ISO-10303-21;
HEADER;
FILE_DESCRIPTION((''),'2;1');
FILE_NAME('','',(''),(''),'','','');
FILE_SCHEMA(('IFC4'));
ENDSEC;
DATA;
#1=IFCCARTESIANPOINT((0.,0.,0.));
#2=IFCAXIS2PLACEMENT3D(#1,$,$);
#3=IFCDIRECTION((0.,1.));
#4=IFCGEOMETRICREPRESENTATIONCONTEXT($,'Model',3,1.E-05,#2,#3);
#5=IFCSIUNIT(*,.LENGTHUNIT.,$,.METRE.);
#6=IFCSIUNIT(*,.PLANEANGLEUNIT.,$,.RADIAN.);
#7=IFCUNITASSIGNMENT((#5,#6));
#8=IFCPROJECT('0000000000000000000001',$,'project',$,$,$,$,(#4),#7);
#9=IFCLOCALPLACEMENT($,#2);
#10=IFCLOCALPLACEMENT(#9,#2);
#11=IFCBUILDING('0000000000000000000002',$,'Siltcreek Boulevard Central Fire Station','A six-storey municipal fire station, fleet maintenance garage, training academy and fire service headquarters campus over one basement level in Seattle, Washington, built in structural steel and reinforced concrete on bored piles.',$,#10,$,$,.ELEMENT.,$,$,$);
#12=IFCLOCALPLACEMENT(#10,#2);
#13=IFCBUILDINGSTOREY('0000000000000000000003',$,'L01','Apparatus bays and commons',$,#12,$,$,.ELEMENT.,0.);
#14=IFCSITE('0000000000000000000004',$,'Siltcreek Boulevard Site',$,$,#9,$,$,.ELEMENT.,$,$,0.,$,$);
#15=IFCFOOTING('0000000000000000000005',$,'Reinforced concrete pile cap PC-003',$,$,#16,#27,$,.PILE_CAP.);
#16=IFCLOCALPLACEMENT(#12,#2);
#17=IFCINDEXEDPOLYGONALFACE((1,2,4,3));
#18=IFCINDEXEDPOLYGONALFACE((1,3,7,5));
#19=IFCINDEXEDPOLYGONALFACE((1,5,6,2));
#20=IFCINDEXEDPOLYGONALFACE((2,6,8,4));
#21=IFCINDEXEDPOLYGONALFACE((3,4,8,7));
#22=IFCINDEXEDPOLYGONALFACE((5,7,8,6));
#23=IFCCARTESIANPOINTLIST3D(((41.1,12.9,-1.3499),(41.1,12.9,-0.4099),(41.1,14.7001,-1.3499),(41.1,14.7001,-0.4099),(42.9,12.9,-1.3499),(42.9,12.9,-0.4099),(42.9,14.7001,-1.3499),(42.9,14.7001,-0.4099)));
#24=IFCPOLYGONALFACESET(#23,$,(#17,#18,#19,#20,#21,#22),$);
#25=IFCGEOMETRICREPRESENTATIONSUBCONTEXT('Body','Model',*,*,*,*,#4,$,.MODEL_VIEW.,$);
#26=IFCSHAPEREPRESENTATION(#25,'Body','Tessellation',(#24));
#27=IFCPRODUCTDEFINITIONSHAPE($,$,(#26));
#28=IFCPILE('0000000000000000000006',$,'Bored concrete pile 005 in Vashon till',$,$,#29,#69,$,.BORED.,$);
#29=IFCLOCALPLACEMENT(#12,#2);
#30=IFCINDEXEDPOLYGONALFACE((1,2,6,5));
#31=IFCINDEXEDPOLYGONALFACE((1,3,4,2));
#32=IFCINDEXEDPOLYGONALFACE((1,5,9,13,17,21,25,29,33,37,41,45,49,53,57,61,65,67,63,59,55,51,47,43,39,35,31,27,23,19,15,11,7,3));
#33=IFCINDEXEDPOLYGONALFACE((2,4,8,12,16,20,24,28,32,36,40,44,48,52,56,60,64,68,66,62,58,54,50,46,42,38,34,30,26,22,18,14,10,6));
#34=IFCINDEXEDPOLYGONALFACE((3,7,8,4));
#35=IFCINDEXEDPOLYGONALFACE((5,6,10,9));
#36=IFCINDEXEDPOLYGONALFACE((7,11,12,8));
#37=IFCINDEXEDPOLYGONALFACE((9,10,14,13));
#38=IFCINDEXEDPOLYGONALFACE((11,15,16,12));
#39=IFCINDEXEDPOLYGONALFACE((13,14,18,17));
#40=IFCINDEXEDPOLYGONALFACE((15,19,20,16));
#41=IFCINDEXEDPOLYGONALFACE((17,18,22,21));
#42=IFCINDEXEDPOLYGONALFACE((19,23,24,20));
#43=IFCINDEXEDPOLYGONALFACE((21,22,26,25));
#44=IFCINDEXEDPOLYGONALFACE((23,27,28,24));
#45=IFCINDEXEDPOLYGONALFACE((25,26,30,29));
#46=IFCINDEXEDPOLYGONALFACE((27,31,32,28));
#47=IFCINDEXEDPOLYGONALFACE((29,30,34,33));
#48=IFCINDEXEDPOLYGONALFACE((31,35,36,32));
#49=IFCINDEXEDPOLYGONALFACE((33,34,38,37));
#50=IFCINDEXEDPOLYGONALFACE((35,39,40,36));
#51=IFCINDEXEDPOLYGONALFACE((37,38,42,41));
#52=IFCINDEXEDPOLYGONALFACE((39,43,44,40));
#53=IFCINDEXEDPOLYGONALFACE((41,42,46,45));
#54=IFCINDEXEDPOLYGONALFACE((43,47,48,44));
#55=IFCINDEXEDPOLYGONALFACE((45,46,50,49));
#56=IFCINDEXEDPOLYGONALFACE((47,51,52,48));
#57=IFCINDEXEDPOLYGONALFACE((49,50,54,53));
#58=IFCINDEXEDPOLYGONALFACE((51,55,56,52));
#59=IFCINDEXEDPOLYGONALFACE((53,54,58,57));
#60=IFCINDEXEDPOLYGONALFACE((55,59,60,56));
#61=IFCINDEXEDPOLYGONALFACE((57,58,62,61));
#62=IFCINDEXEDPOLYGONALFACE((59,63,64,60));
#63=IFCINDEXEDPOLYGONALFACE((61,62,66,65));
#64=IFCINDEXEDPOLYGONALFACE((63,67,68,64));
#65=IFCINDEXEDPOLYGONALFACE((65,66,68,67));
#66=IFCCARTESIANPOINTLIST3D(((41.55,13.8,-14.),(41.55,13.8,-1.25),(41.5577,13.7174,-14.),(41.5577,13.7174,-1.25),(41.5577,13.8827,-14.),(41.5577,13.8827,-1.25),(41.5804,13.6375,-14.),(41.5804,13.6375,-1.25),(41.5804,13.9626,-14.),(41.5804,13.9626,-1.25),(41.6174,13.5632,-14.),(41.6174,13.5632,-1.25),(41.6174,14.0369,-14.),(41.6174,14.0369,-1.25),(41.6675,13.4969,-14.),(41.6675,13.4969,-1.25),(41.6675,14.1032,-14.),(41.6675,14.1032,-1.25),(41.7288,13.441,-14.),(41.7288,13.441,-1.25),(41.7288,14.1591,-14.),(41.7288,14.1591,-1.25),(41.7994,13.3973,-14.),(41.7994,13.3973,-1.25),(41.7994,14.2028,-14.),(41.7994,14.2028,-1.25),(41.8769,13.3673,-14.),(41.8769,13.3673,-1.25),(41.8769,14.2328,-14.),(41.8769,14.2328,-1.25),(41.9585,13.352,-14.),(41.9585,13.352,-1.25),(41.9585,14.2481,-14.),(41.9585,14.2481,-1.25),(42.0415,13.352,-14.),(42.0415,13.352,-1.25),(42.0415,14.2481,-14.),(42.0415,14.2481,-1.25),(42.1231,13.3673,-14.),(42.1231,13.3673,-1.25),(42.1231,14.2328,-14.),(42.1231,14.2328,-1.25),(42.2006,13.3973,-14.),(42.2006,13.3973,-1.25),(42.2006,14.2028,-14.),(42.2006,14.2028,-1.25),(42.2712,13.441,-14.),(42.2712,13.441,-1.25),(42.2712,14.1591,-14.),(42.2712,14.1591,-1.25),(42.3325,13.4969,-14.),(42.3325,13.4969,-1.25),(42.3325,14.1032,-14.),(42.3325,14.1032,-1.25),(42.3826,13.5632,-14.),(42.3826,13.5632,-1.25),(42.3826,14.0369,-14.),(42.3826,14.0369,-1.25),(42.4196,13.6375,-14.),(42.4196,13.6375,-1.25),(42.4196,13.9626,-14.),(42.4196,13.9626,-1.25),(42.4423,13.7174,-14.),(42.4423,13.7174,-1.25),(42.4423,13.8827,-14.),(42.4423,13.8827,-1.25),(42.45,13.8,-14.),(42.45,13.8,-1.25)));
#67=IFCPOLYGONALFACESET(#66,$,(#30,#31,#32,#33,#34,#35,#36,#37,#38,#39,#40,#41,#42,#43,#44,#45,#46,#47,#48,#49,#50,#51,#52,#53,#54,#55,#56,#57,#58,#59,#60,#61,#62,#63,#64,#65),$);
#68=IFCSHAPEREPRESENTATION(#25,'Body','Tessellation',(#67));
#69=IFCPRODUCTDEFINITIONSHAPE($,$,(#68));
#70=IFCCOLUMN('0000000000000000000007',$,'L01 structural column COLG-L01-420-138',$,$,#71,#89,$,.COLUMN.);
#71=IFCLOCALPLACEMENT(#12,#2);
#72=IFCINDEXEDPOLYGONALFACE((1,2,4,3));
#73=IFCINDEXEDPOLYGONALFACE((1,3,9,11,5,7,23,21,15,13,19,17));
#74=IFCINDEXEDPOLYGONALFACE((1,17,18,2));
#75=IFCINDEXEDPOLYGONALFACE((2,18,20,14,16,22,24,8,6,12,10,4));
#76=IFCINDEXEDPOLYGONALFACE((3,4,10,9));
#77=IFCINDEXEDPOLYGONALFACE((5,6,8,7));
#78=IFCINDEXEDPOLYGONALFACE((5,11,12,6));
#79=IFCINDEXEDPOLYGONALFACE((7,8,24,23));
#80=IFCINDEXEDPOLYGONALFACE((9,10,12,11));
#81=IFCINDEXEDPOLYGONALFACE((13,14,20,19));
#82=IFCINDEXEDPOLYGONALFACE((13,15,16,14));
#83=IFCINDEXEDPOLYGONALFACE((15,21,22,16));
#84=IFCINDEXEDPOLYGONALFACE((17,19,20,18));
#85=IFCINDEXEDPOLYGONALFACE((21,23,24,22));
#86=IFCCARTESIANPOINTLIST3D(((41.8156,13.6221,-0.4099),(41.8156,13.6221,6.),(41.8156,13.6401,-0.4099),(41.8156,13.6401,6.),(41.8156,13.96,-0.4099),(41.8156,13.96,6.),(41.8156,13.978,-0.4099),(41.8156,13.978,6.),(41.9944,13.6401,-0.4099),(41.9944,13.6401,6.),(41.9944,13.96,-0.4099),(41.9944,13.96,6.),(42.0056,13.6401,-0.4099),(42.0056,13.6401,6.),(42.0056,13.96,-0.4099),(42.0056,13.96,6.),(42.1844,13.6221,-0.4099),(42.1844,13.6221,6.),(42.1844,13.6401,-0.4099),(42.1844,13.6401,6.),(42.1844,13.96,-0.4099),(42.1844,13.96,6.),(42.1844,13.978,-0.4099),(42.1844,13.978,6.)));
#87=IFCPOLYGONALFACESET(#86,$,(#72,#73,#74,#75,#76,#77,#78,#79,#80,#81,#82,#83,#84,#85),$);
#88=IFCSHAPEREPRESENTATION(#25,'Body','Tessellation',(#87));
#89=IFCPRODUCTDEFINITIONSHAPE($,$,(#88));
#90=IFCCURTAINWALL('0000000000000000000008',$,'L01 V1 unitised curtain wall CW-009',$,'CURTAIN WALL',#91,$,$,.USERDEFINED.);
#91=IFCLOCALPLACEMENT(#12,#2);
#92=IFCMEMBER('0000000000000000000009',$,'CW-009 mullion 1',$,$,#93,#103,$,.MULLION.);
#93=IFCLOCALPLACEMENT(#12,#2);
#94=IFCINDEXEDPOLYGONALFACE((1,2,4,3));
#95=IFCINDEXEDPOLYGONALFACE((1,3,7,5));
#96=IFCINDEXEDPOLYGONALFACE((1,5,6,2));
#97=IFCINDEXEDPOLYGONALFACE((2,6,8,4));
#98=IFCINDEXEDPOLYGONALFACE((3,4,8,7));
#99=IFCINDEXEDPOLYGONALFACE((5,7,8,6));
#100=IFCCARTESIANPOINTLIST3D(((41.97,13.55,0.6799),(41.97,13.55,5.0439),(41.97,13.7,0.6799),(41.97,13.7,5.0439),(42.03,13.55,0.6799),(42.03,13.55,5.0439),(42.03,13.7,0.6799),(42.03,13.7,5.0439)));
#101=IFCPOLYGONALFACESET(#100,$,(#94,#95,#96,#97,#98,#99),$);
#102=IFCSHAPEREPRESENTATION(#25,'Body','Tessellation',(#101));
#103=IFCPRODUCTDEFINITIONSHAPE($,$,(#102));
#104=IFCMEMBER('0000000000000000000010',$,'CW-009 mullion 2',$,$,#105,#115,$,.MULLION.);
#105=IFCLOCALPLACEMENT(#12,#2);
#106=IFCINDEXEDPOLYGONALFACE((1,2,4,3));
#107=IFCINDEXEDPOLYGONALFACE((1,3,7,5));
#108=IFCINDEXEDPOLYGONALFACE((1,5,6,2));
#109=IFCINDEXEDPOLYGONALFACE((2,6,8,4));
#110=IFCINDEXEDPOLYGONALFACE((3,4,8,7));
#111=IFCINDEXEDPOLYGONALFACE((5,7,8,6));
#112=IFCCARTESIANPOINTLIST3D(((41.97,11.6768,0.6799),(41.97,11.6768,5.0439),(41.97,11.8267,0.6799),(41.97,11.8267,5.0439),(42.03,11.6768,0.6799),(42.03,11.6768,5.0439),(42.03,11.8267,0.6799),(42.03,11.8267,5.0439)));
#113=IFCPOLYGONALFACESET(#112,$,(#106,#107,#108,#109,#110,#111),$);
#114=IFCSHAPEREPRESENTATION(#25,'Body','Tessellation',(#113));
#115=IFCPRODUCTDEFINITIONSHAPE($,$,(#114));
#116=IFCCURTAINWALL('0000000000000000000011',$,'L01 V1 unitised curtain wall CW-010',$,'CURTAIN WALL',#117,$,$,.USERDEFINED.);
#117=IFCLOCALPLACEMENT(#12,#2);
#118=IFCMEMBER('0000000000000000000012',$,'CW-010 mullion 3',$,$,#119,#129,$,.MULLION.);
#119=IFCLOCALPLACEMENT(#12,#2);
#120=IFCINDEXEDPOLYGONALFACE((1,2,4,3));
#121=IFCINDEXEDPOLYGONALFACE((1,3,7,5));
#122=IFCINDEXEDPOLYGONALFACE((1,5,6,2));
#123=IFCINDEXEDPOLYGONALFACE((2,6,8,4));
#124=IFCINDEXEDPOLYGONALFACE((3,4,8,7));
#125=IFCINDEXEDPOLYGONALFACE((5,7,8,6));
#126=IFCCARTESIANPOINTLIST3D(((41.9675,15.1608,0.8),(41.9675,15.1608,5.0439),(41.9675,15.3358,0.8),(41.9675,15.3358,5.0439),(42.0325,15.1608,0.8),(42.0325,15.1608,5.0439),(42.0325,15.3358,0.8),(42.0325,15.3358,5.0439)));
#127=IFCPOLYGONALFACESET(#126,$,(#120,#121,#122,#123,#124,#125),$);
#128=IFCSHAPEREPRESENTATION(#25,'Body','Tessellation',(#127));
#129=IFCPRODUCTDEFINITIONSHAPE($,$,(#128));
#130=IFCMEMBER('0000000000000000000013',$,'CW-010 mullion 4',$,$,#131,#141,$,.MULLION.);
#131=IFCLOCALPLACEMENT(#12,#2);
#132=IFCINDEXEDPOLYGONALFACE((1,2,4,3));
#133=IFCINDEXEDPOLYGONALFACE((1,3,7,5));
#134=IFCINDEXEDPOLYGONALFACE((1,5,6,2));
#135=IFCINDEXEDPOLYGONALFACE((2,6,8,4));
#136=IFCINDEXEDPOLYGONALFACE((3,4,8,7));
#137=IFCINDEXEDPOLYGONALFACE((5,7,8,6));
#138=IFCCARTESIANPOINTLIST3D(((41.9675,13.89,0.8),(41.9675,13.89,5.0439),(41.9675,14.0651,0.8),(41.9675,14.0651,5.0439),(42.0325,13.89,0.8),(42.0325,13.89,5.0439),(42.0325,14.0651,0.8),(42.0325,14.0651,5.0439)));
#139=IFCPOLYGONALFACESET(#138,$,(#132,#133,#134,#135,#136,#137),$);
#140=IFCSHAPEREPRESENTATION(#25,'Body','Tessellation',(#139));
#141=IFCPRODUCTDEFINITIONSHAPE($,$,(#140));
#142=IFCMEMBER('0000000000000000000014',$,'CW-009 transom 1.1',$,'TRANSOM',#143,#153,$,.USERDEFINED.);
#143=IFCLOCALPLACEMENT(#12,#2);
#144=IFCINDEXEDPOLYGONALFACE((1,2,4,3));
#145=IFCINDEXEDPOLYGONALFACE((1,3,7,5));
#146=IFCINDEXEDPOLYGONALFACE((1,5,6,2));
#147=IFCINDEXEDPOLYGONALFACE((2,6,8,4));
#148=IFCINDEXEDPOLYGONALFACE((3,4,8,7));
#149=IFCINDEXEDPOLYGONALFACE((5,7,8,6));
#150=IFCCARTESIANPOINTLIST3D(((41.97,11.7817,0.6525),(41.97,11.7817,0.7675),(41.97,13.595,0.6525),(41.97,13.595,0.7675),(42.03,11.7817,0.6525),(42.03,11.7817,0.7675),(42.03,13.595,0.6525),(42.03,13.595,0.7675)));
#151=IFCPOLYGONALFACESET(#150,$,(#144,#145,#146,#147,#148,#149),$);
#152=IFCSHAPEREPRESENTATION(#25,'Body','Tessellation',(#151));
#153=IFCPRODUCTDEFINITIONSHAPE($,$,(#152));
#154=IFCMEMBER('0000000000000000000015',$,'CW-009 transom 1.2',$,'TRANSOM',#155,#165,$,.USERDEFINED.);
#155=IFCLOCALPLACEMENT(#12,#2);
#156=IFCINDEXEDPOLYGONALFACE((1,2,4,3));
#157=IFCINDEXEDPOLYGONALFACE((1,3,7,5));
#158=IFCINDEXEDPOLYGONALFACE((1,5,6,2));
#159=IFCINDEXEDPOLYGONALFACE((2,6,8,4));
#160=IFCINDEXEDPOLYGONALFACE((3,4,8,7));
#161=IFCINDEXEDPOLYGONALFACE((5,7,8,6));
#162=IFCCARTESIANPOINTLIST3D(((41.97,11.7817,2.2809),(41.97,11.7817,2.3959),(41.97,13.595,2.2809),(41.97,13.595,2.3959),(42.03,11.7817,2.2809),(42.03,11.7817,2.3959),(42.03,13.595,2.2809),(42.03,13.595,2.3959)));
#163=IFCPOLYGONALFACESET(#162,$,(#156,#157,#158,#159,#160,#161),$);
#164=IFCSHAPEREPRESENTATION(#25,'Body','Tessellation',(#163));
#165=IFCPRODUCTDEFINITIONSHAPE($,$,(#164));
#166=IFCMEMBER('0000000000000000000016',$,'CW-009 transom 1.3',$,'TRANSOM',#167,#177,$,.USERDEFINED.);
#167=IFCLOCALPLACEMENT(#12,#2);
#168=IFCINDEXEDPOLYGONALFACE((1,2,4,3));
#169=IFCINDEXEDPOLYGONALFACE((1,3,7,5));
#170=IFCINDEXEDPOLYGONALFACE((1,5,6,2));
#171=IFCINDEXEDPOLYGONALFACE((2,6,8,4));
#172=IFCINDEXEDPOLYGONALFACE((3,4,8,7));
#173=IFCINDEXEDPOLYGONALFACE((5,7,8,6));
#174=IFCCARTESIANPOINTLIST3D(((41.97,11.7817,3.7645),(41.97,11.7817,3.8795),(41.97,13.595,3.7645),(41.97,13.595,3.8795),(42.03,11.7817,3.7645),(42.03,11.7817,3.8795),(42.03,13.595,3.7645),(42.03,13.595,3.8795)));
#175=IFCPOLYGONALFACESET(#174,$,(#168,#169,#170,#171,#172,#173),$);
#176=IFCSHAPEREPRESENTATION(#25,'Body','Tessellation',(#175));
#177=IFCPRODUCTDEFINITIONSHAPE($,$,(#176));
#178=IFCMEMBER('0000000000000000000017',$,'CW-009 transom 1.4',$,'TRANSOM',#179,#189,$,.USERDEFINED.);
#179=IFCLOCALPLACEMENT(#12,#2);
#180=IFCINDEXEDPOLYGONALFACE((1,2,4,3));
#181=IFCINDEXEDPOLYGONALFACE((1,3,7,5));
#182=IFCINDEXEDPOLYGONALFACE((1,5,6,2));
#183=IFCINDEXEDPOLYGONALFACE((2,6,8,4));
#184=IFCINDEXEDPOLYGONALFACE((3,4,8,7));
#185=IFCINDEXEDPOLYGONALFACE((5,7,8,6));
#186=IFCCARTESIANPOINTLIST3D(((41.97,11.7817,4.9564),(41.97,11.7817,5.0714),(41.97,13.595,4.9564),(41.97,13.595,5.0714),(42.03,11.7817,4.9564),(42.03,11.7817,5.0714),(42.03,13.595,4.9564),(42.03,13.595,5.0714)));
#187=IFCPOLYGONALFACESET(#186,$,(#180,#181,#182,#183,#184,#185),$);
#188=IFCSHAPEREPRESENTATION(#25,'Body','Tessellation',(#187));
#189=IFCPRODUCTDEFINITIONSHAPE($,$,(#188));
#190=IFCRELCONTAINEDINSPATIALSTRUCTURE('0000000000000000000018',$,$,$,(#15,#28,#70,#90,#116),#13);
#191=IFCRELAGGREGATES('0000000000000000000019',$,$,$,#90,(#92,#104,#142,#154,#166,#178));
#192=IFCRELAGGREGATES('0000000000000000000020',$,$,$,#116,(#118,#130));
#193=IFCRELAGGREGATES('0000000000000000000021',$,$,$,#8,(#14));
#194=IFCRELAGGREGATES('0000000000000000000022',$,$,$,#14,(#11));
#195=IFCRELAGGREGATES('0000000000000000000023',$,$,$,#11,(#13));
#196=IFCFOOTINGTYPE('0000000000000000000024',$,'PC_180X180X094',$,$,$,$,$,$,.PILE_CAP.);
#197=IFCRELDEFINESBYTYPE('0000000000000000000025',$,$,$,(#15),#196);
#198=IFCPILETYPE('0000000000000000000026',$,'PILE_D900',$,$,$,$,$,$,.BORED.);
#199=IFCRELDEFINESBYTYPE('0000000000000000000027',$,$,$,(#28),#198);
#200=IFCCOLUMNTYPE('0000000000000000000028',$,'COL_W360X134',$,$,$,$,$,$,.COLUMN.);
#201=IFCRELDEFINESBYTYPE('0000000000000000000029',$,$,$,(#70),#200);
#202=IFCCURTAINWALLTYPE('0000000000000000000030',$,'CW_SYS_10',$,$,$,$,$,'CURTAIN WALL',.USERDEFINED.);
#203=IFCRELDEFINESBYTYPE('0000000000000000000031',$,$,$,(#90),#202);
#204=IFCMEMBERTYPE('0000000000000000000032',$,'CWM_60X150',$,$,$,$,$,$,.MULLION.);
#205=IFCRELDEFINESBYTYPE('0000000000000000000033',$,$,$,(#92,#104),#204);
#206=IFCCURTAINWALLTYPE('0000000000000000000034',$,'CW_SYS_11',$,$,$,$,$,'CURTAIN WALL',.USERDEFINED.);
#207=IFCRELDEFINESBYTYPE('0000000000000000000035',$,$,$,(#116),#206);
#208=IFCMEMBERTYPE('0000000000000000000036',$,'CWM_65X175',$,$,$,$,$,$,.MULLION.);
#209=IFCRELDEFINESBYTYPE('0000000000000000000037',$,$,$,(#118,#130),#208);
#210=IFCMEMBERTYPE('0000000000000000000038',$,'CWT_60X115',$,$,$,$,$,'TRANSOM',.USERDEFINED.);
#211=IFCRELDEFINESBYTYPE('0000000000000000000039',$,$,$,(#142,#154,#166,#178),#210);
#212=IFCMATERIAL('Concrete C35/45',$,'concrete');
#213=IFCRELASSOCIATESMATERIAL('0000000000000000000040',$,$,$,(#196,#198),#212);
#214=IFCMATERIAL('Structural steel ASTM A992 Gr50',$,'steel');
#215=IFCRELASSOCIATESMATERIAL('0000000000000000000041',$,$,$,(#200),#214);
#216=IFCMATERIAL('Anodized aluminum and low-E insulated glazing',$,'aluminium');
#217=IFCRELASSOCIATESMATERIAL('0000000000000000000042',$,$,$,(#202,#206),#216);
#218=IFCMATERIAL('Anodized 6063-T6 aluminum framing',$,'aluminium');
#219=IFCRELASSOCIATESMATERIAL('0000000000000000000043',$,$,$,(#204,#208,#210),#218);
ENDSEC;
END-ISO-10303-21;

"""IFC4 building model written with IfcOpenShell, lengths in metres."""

from ifc_helpers import new_model, si_unit, direction, frame, origin, origin_2d, place, context, subcontext, project, spatial, rectangle, circle, i_section, extrude, material, material_profile, profile_set, type_object, element, aggregate, save


model = new_model("IFC4")

# Units and contexts
model_context = context("Model", 3, precision=1e-05, world=origin(), true_north=direction((0.0, 1.0)))
body_context = subcontext(model_context, "Body", "Model", "MODEL_VIEW")
ifc_project = project(units=[si_unit("LENGTHUNIT", "METRE"), si_unit("PLANEANGLEUNIT", "RADIAN")], contexts=[model_context])

# Site, building, storey
site_placement = place(None, origin())
site = spatial("IfcSite", under=ifc_project, at=site_placement, Name="Siltcreek Boulevard Site", CompositionType="ELEMENT", RefElevation=0.0)
building_placement = place(site_placement, origin())
building = spatial("IfcBuilding", under=site, at=building_placement, Name="Siltcreek Boulevard Central Fire Station", Description="A six-storey municipal fire station, fleet maintenance garage, training academy and fire service headquarters campus over one basement level in Seattle, Washington, built in structural steel and reinforced concrete on bored piles.", CompositionType="ELEMENT")
storey_placement = place(building_placement, origin())
storey = spatial("IfcBuildingStorey", under=building, at=storey_placement, Name="L01", Description="Apparatus bays and commons", CompositionType="ELEMENT", Elevation=0.0)

# Footing
ifc_material_1 = material(Name="Concrete C35/45", Category="concrete")
footing_type = type_object("IfcFootingType", Name="PC_180X180X094", PredefinedType="PILE_CAP", material=ifc_material_1)
footing_placement = place(storey_placement, frame((42.0, 13.8, -1.3499), z_axis=(0.0, 0.0, 1.0), x_axis=(1.0, 0.0, 0.0)))
element("IfcFooting", 1, at=footing_placement, inside=storey, type_object=footing_type, Name="Reinforced concrete pile cap PC-003", PredefinedType="PILE_CAP", context=body_context, shape_type="SweptSolid", body=[
    extrude(rectangle(XDim=1.8, YDim=1.8, at=origin_2d()), origin(), (0.0, 0.0, 1.0), 0.9399),
])

# Pile
ifc_material_profile_1 = material_profile(ifc_material_1, circle(Radius=0.45, at=origin_2d()), Name="SHAFT900")
ifc_profile_set_1 = profile_set([ifc_material_profile_1], Name="Concrete C35/45")
pile_type = type_object("IfcPileType", Name="PILE_D900", PredefinedType="BORED", material=ifc_profile_set_1)
pile_placement = place(storey_placement, frame((42.0, 13.8, -1.25), z_axis=(0.0, 0.0, -1.0), x_axis=(1.0, 0.0, 0.0)))
element("IfcPile", 2, at=pile_placement, inside=storey, type_object=pile_type, Name="Bored concrete pile 005 in Vashon till", PredefinedType="BORED", context=body_context, shape_type="SweptSolid", body=[
    extrude(circle(Radius=0.45, at=origin_2d()), origin(), (0.0, 0.0, 1.0), 12.75),
])

# Column
ifc_material_2 = material(Name="Structural steel ASTM A992 Gr50", Category="steel")
ifc_material_profile_2 = material_profile(ifc_material_2, i_section(OverallWidth=0.3689, OverallDepth=0.356, WebThickness=0.0112, FlangeThickness=0.0181, at=origin_2d()), Name="W360X134")
ifc_profile_set_2 = profile_set([ifc_material_profile_2], Name="Structural steel ASTM A992 Gr50")
column_type = type_object("IfcColumnType", Name="COL_W360X134", PredefinedType="COLUMN", material=ifc_profile_set_2)
column_placement = place(storey_placement, frame((42.0, 13.8, -0.4099), z_axis=(0.0, 0.0, 1.0), x_axis=(1.0, 0.0, 0.0)))
element("IfcColumn", 3, at=column_placement, inside=storey, type_object=column_type, Name="L01 structural column COLG-L01-420-138", PredefinedType="COLUMN", context=body_context, shape_type="SweptSolid", body=[
    extrude(i_section(OverallWidth=0.3689, OverallDepth=0.356, WebThickness=0.0112, FlangeThickness=0.0181, at=origin_2d()), origin(), (0.0, 0.0, 1.0), 6.4099),
])

# Curtain walls, members
ifc_material_3 = material(Name="Anodized aluminum and low-E insulated glazing", Category="aluminium")
curtain_wall_type_1 = type_object("IfcCurtainWallType", Name="CW_SYS_10", ElementType="CURTAIN WALL", PredefinedType="USERDEFINED", material=ifc_material_3)
curtain_wall_1_placement = place(storey_placement, origin())
curtain_wall_1 = element("IfcCurtainWall", 4, at=curtain_wall_1_placement, inside=storey, type_object=curtain_wall_type_1, Name="L01 V1 unitised curtain wall CW-009", ObjectType="CURTAIN WALL", PredefinedType="USERDEFINED")
ifc_material_4 = material(Name="Anodized 6063-T6 aluminum framing", Category="aluminium")
ifc_material_profile_3 = material_profile(ifc_material_4, rectangle(XDim=0.0601, YDim=0.1499, at=origin_2d()), Name="MULL60X150")
ifc_profile_set_3 = profile_set([ifc_material_profile_3], Name="Anodized 6063-T6 aluminum framing")
member_type_1 = type_object("IfcMemberType", Name="CWM_60X150", PredefinedType="MULLION", material=ifc_profile_set_3)
member_1_placement = place(storey_placement, frame((42.0, 13.625, 0.6799), z_axis=(0.0, 0.0, 1.0), x_axis=(1.0, 0.0, 0.0)))
member_1 = element("IfcMember", 5, at=member_1_placement, type_object=member_type_1, Name="CW-009 mullion 1", PredefinedType="MULLION", context=body_context, shape_type="SweptSolid", body=[
    extrude(rectangle(XDim=0.0601, YDim=0.1499, at=origin_2d()), origin(), (0.0, 0.0, 1.0), 4.364),
])
member_2_placement = place(storey_placement, frame((42.0, 11.7517, 0.6799), z_axis=(0.0, 0.0, 1.0), x_axis=(1.0, 0.0, 0.0)))
member_2 = element("IfcMember", 6, at=member_2_placement, type_object=member_type_1, Name="CW-009 mullion 2", PredefinedType="MULLION", context=body_context, shape_type="SweptSolid", body=[
    extrude(rectangle(XDim=0.0601, YDim=0.1499, at=origin_2d()), origin(), (0.0, 0.0, 1.0), 4.364),
])
curtain_wall_type_2 = type_object("IfcCurtainWallType", Name="CW_SYS_11", ElementType="CURTAIN WALL", PredefinedType="USERDEFINED", material=ifc_material_3)
curtain_wall_2_placement = place(storey_placement, origin())
curtain_wall_2 = element("IfcCurtainWall", 7, at=curtain_wall_2_placement, inside=storey, type_object=curtain_wall_type_2, Name="L01 V1 unitised curtain wall CW-010", ObjectType="CURTAIN WALL", PredefinedType="USERDEFINED")
ifc_material_profile_4 = material_profile(ifc_material_4, rectangle(XDim=0.0649, YDim=0.175, at=origin_2d()), Name="MULL65X175")
ifc_profile_set_4 = profile_set([ifc_material_profile_4], Name="Anodized 6063-T6 aluminum framing")
member_type_2 = type_object("IfcMemberType", Name="CWM_65X175", PredefinedType="MULLION", material=ifc_profile_set_4)
member_3_placement = place(storey_placement, frame((42.0, 15.2483, 0.8), z_axis=(0.0, 0.0, 1.0), x_axis=(1.0, 0.0, 0.0)))
member_3 = element("IfcMember", 8, at=member_3_placement, type_object=member_type_2, Name="CW-010 mullion 3", PredefinedType="MULLION", context=body_context, shape_type="SweptSolid", body=[
    extrude(rectangle(XDim=0.0649, YDim=0.175, at=origin_2d()), origin(), (0.0, 0.0, 1.0), 4.2439),
])
member_4_placement = place(storey_placement, frame((42.0, 13.9775, 0.8), z_axis=(0.0, 0.0, 1.0), x_axis=(1.0, 0.0, 0.0)))
member_4 = element("IfcMember", 9, at=member_4_placement, type_object=member_type_2, Name="CW-010 mullion 4", PredefinedType="MULLION", context=body_context, shape_type="SweptSolid", body=[
    extrude(rectangle(XDim=0.0649, YDim=0.175, at=origin_2d()), origin(), (0.0, 0.0, 1.0), 4.2439),
])

# Members
ifc_material_profile_5 = material_profile(ifc_material_4, rectangle(XDim=0.0601, YDim=0.115, at=origin_2d()), Name="TRAN60X115")
ifc_profile_set_5 = profile_set([ifc_material_profile_5], Name="Anodized 6063-T6 aluminum framing")
member_type_3 = type_object("IfcMemberType", Name="CWT_60X115", ElementType="TRANSOM", PredefinedType="USERDEFINED", material=ifc_profile_set_5)
member_5_placement = place(storey_placement, frame((42.0, 13.595, 0.71), z_axis=(0.0, -1.0, 0.0), x_axis=(1.0, 0.0, 0.0)))
member_5 = element("IfcMember", 10, at=member_5_placement, type_object=member_type_3, Name="CW-009 transom 1.1", ObjectType="TRANSOM", PredefinedType="USERDEFINED", context=body_context, shape_type="SweptSolid", body=[
    extrude(rectangle(XDim=0.0601, YDim=0.115, at=origin_2d()), origin(), (0.0, 0.0, 1.0), 1.8132),
])
member_6_placement = place(storey_placement, frame((42.0, 13.595, 2.3384), z_axis=(0.0, -1.0, 0.0), x_axis=(1.0, 0.0, 0.0)))
member_6 = element("IfcMember", 11, at=member_6_placement, type_object=member_type_3, Name="CW-009 transom 1.2", ObjectType="TRANSOM", PredefinedType="USERDEFINED", context=body_context, shape_type="SweptSolid", body=[
    extrude(rectangle(XDim=0.0601, YDim=0.115, at=origin_2d()), origin(), (0.0, 0.0, 1.0), 1.8132),
])
member_7_placement = place(storey_placement, frame((42.0, 13.595, 3.822), z_axis=(0.0, -1.0, 0.0), x_axis=(1.0, 0.0, 0.0)))
member_7 = element("IfcMember", 12, at=member_7_placement, type_object=member_type_3, Name="CW-009 transom 1.3", ObjectType="TRANSOM", PredefinedType="USERDEFINED", context=body_context, shape_type="SweptSolid", body=[
    extrude(rectangle(XDim=0.0601, YDim=0.115, at=origin_2d()), origin(), (0.0, 0.0, 1.0), 1.8132),
])
member_8_placement = place(storey_placement, frame((42.0, 13.595, 5.0139), z_axis=(0.0, -1.0, 0.0), x_axis=(1.0, 0.0, 0.0)))
member_8 = element("IfcMember", 13, at=member_8_placement, type_object=member_type_3, Name="CW-009 transom 1.4", ObjectType="TRANSOM", PredefinedType="USERDEFINED", context=body_context, shape_type="SweptSolid", body=[
    extrude(rectangle(XDim=0.0601, YDim=0.115, at=origin_2d()), origin(), (0.0, 0.0, 1.0), 1.8132),
])

aggregate(curtain_wall_1, [member_1, member_2, member_5, member_6, member_7, member_8])
aggregate(curtain_wall_2, [member_3, member_4])

save(model, "model.ifc")
